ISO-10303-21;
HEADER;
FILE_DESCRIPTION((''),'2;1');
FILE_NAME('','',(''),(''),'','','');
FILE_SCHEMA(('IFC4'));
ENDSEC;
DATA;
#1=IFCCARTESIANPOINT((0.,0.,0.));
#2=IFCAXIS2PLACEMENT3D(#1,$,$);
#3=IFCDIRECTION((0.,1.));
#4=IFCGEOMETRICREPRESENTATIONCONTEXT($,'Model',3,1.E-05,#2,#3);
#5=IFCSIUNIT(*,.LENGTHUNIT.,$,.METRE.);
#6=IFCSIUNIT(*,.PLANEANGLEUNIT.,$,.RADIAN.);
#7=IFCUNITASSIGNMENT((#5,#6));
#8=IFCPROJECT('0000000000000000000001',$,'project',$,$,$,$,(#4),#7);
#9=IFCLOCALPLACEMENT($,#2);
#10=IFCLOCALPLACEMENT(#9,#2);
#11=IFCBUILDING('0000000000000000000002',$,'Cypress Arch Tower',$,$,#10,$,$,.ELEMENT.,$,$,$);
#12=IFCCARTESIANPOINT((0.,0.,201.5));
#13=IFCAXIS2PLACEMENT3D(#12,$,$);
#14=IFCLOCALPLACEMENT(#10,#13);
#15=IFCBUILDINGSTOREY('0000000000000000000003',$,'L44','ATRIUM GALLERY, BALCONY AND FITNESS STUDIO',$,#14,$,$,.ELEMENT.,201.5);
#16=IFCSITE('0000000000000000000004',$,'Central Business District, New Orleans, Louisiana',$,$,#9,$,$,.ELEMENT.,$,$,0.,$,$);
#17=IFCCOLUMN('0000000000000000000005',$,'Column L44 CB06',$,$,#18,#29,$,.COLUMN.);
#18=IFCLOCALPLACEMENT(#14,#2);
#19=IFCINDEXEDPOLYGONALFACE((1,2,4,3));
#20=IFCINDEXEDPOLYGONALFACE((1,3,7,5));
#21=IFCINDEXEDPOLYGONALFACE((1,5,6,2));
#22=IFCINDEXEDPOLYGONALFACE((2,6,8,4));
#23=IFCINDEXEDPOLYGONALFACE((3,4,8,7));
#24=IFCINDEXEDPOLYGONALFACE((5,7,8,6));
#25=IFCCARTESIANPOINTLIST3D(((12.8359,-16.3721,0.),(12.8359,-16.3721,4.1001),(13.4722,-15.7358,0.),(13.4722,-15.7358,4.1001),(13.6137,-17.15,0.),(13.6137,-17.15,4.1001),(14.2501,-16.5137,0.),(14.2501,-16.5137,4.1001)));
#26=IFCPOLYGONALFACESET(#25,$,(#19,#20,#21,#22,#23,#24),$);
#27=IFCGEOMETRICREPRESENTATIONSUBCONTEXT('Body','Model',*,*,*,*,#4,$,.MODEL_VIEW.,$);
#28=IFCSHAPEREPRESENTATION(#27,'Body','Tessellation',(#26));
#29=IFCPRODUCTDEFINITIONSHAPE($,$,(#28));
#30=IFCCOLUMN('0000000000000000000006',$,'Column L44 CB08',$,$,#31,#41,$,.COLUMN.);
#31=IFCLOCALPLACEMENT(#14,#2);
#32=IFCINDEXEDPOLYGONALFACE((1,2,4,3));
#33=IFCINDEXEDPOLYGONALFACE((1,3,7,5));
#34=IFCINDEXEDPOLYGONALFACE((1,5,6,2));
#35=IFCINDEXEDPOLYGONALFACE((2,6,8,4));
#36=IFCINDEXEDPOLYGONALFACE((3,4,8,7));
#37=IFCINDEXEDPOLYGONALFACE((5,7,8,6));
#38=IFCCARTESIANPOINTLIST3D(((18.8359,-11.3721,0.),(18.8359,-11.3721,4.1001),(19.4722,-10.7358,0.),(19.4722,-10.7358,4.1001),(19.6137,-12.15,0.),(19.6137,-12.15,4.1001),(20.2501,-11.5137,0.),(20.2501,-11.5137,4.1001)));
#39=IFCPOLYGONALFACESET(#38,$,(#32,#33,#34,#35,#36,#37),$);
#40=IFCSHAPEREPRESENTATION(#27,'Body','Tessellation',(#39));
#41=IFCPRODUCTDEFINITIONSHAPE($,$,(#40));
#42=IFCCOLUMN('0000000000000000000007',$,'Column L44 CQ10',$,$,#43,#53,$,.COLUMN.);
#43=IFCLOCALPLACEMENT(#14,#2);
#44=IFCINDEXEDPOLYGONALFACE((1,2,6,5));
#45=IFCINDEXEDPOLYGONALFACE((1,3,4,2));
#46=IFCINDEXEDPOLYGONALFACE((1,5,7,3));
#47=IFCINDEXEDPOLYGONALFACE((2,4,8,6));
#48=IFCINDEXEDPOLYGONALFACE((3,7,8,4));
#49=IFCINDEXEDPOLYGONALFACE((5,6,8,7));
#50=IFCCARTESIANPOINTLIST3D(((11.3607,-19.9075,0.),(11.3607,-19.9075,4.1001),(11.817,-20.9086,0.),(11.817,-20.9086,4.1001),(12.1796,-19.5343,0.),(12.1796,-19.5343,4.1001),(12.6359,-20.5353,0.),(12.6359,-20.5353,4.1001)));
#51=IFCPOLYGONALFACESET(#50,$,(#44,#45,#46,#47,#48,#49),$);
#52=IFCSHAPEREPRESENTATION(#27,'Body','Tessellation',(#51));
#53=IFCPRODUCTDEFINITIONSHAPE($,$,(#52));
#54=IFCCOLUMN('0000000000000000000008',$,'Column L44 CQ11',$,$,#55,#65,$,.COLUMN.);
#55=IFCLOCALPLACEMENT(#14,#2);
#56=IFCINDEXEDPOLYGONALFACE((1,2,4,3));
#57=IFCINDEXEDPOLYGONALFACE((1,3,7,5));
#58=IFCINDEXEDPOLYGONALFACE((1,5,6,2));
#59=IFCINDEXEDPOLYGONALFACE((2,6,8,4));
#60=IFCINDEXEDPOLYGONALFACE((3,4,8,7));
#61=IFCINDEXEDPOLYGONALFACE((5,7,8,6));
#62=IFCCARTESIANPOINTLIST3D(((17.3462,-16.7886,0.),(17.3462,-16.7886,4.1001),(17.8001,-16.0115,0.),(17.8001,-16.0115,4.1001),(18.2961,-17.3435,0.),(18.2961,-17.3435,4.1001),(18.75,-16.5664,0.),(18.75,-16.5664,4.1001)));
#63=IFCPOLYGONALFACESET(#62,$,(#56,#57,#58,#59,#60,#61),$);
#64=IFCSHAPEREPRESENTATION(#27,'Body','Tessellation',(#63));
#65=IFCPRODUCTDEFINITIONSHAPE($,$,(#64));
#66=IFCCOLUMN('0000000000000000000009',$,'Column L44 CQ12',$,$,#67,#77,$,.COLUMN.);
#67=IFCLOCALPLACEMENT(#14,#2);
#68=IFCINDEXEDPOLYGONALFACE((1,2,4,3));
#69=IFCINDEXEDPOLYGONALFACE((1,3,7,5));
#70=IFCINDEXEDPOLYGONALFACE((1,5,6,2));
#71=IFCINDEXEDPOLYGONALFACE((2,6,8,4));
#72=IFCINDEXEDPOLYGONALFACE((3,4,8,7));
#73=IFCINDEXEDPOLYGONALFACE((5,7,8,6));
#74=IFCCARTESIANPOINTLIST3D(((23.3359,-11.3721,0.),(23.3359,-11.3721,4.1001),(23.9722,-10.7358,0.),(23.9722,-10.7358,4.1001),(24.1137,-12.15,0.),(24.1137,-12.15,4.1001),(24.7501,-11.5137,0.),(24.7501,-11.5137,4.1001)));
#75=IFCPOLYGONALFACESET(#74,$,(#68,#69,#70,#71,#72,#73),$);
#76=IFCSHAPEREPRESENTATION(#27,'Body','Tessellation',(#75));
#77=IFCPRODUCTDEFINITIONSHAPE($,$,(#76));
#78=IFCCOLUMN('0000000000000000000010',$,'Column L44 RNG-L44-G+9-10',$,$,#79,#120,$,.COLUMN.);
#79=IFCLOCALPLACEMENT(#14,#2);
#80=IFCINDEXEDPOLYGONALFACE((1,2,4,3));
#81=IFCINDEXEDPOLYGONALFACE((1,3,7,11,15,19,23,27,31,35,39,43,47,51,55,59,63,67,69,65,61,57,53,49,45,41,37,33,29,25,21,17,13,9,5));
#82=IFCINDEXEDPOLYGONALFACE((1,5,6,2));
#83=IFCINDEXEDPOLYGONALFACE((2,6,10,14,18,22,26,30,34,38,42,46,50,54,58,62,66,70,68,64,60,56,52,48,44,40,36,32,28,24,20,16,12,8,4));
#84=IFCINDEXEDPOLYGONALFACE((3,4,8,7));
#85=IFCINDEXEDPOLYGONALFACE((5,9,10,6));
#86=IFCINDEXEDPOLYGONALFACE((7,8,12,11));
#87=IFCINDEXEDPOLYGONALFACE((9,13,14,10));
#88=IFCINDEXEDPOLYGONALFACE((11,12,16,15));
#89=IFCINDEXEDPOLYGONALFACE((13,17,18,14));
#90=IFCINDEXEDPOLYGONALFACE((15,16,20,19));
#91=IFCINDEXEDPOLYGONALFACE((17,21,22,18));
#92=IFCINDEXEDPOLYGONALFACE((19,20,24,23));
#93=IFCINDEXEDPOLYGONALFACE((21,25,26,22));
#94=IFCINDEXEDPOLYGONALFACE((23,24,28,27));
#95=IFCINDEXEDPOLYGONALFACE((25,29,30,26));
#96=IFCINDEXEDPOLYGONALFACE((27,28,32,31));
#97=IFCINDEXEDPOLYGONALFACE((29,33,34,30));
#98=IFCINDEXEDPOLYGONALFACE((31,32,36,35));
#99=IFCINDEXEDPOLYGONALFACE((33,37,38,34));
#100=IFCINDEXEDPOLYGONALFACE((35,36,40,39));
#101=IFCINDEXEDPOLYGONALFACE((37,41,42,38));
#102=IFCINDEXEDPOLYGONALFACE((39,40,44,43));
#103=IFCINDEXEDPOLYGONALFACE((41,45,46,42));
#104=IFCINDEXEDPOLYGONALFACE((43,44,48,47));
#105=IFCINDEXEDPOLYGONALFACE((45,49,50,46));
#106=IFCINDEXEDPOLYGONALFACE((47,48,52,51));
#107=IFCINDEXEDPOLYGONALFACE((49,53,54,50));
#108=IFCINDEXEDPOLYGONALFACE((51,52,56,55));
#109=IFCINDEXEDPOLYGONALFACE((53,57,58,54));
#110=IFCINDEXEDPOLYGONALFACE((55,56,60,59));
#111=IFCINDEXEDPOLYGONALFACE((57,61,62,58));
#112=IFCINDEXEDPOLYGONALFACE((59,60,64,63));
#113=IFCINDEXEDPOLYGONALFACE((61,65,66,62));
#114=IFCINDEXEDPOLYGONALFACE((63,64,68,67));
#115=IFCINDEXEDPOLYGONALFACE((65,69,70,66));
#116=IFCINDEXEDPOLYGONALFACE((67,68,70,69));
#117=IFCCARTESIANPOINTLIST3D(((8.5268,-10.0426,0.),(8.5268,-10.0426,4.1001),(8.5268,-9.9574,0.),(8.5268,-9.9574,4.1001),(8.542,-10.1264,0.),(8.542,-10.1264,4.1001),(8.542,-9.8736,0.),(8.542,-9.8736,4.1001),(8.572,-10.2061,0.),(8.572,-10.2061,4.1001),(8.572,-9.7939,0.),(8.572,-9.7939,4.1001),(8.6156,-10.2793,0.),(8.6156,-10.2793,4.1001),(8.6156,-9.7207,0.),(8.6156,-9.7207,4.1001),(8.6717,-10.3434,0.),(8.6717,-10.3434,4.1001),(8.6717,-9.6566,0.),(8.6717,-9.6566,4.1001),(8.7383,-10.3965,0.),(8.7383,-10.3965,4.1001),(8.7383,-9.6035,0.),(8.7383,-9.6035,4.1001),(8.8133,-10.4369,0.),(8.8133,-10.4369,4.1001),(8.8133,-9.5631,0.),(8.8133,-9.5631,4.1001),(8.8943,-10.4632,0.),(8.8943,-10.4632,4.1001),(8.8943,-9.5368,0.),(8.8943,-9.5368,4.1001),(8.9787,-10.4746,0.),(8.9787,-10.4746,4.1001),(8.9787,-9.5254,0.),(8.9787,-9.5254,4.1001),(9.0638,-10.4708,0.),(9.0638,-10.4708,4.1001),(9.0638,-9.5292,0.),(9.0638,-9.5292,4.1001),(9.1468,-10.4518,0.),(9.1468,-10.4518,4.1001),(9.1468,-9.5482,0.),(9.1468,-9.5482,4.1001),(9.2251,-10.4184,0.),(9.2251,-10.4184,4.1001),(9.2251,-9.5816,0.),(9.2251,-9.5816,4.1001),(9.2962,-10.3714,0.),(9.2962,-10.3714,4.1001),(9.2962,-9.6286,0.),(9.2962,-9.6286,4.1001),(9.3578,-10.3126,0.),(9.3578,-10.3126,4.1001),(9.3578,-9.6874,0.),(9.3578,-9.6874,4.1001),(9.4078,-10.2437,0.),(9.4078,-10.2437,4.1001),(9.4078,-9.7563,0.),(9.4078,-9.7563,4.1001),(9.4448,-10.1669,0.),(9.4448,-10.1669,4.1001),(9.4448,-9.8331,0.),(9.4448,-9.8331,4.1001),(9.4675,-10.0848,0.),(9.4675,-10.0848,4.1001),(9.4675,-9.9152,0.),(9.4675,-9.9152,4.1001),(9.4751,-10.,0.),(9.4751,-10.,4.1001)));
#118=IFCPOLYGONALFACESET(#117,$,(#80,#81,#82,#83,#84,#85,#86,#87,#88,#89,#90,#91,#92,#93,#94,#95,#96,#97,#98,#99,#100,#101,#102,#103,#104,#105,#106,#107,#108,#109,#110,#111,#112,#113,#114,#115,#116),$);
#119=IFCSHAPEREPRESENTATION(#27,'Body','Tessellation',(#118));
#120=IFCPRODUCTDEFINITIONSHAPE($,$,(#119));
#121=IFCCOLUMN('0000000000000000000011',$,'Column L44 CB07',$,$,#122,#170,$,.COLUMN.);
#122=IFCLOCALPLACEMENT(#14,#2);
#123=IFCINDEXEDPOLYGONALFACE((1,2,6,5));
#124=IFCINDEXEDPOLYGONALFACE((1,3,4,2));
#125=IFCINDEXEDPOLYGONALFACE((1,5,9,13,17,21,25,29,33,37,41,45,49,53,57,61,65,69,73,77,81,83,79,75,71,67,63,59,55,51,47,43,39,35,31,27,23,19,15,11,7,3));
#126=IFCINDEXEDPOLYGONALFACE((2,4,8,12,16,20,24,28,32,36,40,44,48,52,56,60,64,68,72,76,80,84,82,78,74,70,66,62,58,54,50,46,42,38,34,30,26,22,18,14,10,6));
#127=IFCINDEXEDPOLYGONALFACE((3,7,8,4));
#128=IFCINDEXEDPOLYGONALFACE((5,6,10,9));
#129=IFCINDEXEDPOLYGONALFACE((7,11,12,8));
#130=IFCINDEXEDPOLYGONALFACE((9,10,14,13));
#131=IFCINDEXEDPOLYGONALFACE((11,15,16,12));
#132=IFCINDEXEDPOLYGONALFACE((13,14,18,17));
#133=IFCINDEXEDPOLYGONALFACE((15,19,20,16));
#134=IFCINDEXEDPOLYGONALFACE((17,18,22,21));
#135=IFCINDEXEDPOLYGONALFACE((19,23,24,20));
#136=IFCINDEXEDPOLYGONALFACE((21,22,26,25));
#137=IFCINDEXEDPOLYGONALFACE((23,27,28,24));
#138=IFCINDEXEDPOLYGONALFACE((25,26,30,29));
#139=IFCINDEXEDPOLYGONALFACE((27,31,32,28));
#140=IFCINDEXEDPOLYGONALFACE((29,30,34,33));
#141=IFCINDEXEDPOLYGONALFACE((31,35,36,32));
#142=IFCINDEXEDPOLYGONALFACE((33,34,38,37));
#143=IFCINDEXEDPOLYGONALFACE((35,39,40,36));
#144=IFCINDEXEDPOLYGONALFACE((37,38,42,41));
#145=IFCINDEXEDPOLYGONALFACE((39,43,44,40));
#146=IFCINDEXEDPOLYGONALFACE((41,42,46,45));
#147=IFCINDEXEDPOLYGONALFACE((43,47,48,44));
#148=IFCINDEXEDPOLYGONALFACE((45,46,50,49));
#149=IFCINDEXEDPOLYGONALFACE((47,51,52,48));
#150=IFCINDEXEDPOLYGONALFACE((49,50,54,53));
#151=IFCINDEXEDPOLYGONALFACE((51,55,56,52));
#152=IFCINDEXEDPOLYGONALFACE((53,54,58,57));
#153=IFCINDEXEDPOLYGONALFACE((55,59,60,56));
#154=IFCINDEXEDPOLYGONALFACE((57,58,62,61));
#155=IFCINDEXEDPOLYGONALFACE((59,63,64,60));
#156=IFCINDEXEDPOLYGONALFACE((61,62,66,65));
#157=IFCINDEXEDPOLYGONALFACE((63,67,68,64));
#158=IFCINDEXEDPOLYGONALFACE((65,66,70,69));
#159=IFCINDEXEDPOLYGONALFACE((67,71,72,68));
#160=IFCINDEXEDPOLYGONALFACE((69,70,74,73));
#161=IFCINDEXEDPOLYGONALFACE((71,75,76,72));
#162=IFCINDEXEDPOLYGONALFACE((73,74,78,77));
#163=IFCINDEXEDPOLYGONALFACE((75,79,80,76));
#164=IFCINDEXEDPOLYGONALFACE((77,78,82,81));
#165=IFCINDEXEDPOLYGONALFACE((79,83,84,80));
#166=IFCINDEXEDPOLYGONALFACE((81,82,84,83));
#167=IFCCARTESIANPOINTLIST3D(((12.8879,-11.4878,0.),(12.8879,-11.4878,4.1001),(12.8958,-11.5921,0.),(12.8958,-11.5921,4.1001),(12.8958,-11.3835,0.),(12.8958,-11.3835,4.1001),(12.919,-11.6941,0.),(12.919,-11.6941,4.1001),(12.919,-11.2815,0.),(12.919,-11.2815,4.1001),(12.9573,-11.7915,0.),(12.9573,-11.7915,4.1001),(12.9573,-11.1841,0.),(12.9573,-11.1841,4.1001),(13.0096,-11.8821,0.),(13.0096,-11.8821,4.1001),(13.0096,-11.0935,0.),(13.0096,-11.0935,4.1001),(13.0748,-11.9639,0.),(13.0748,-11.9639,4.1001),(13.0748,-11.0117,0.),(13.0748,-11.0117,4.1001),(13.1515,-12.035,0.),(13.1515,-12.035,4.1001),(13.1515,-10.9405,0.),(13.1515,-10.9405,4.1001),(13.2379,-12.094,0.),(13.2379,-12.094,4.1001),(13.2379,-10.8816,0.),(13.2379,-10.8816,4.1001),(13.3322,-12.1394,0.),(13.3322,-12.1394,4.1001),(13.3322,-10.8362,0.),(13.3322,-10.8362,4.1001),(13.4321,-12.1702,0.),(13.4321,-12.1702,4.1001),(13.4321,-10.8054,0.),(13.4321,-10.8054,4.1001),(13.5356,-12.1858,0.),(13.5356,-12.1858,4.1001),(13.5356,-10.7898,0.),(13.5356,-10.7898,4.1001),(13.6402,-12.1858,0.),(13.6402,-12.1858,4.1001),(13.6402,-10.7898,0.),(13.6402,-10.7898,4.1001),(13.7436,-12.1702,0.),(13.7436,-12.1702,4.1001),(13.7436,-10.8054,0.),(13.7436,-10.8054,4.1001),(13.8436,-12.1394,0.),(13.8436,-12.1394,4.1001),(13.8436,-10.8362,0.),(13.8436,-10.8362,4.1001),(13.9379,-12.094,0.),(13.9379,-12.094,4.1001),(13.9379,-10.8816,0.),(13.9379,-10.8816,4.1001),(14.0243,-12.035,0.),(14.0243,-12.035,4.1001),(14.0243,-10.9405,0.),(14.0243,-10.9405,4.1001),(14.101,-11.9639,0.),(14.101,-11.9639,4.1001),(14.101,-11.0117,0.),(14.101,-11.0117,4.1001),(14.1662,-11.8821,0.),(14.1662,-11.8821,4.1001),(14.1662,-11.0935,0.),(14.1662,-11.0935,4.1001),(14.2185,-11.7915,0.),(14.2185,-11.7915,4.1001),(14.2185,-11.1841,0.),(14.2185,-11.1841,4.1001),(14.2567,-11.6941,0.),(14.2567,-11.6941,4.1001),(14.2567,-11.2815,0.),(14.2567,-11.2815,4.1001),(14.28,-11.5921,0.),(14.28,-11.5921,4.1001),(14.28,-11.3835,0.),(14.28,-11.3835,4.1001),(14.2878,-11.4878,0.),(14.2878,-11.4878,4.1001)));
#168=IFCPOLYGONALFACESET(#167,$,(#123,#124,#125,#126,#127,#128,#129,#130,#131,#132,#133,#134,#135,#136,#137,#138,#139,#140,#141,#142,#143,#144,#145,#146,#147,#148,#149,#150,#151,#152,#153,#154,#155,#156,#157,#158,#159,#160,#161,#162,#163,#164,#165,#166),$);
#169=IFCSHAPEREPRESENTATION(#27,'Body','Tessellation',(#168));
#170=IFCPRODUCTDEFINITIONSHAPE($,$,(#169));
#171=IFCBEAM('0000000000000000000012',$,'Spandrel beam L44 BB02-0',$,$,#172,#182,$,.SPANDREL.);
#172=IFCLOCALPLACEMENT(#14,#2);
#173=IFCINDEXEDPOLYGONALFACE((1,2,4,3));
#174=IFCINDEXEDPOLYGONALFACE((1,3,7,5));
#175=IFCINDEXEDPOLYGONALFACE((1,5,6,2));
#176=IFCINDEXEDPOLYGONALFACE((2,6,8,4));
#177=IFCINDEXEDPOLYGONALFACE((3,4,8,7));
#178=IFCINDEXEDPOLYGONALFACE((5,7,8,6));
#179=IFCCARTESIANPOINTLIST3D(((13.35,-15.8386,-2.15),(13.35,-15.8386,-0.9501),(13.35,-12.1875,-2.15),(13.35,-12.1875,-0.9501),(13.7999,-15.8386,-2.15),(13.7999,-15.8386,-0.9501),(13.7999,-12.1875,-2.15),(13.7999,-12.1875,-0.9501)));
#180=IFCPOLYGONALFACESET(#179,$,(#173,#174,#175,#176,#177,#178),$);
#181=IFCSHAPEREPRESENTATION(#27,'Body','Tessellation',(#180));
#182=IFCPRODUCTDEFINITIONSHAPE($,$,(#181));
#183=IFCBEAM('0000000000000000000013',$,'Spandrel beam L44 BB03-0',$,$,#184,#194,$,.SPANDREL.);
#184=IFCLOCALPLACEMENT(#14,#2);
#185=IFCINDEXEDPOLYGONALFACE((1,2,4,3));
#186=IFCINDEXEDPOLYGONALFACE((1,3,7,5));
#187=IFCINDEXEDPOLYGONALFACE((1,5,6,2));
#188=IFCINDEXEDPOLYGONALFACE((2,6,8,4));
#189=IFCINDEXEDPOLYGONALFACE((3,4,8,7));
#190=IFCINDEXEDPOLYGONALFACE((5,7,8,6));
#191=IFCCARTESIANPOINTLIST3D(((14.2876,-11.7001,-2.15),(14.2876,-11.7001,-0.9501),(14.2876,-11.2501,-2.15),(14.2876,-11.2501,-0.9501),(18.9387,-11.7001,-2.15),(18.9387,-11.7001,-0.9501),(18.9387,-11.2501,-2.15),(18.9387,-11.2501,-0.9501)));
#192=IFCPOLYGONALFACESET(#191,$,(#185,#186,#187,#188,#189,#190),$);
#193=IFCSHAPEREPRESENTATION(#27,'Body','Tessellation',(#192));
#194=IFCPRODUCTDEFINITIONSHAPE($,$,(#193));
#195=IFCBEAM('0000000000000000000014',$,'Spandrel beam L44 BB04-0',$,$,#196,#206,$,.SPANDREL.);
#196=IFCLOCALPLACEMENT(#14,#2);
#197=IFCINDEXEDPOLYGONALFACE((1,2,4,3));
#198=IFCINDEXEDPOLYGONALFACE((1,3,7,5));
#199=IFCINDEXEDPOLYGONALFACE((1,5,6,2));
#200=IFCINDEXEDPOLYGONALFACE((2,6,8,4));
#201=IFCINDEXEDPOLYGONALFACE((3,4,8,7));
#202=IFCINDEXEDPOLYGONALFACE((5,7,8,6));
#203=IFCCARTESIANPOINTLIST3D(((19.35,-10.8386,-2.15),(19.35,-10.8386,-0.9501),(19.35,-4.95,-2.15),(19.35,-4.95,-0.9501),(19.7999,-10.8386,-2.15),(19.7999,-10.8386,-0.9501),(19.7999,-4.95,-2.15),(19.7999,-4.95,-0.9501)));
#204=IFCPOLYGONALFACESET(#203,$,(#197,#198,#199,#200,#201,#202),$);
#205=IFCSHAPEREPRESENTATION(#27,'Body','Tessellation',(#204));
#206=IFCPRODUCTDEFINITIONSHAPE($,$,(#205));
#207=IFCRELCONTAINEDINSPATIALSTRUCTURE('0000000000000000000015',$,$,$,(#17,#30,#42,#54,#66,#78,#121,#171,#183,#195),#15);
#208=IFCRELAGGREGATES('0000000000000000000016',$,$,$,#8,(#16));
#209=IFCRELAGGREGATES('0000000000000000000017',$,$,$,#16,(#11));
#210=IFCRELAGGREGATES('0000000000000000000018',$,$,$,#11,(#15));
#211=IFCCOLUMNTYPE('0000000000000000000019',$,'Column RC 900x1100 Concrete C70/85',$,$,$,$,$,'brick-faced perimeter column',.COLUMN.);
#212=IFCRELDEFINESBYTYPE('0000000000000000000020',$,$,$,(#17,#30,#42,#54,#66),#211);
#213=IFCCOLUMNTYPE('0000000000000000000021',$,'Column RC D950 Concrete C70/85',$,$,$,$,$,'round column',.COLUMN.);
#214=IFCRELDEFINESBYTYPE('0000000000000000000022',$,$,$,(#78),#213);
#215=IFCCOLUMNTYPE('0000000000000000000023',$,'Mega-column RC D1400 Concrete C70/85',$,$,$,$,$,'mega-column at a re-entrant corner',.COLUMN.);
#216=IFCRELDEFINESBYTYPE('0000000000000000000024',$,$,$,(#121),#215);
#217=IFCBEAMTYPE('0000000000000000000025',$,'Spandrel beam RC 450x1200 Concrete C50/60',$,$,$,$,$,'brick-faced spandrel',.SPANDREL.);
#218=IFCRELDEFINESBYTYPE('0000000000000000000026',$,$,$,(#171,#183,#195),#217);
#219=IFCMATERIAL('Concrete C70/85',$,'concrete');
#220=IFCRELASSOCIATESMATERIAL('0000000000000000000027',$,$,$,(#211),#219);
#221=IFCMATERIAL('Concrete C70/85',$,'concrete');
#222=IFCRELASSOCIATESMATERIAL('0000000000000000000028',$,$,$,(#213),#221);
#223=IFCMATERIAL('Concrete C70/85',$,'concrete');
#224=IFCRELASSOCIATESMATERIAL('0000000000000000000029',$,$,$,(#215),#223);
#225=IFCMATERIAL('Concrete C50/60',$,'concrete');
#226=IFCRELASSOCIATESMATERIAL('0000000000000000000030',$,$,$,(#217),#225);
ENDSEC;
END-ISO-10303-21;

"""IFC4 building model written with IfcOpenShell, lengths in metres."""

from ifc_helpers import new_model, si_unit, direction, frame, origin, origin_2d, place, context, subcontext, project, spatial, rectangle, circle, extrude, material, material_profile, profile_set, type_object, element, save


model = new_model("IFC4")

# Units and contexts
model_context = context("Model", 3, precision=1e-05, world=origin(), true_north=direction((0.0, 1.0)))
body_context = subcontext(model_context, "Body", "Model", "MODEL_VIEW")
ifc_project = project(units=[si_unit("LENGTHUNIT", "METRE"), si_unit("PLANEANGLEUNIT", "RADIAN")], contexts=[model_context])

# Site, building, storey
site_placement = place(None, origin())
site = spatial("IfcSite", under=ifc_project, at=site_placement, Name="Central Business District, New Orleans, Louisiana", CompositionType="ELEMENT", RefElevation=0.0)
building_placement = place(site_placement, origin())
building = spatial("IfcBuilding", under=site, at=building_placement, Name="Cypress Arch Tower", CompositionType="ELEMENT")
storey_placement = place(building_placement, frame((0.0, 0.0, 201.5)))
storey = spatial("IfcBuildingStorey", under=building, at=storey_placement, Name="L44", Description="ATRIUM GALLERY, BALCONY AND FITNESS STUDIO", CompositionType="ELEMENT", Elevation=201.5)

# Columns
ifc_material_1 = material(Name="Concrete C70/85", Category="concrete")
ifc_material_profile_1 = material_profile(ifc_material_1, rectangle(XDim=0.8999, YDim=1.1001, at=origin_2d()), Name="RC 900x1100")
ifc_profile_set_1 = profile_set([ifc_material_profile_1], Name="Concrete C70/85")
column_type_1 = type_object("IfcColumnType", Name="Column RC 900x1100 Concrete C70/85", ElementType="brick-faced perimeter column", PredefinedType="COLUMN", material=ifc_profile_set_1)
for number, where, z_axis, x_axis, name in (
    (1, (13.543, -16.4429, 0.0), (0.0, 0.0, 1.0), (0.707107, 0.707107, 0.0), "Column L44 CB06"),
    (2, (19.543, -11.4429, 0.0), (0.0, 0.0, 1.0), (0.707107, 0.707107, 0.0), "Column L44 CB08"),
    (3, (11.9983, -20.2214, 0.0), (0.0, 0.0, 1.0), (0.909932, 0.414757, 0.0), "Column L44 CQ10"),
    (4, (18.0481, -16.6775, 0.0), (0.0, 0.0, 1.0), (0.504399, 0.863471, 0.0), "Column L44 CQ11"),
    (5, (24.043, -11.4429, 0.0), (0.0, 0.0, 1.0), (0.707107, 0.707107, 0.0), "Column L44 CQ12"),
):
    element("IfcColumn", number, at=place(storey_placement, frame(where, z_axis=z_axis, x_axis=x_axis)), inside=storey, type_object=column_type_1, Name=name, PredefinedType="COLUMN", context=body_context, shape_type="SweptSolid", body=[
        extrude(rectangle(XDim=0.8999, YDim=1.1001, at=origin_2d()), origin(), (0.0, 0.0, 1.0), 4.1001),
    ])
ifc_material_2 = material(Name="Concrete C70/85", Category="concrete")
ifc_material_profile_2 = material_profile(ifc_material_2, circle(Radius=0.4751, at=origin_2d()), Name="RC D950")
ifc_profile_set_2 = profile_set([ifc_material_profile_2], Name="Concrete C70/85")
column_type_2 = type_object("IfcColumnType", Name="Column RC D950 Concrete C70/85", ElementType="round column", PredefinedType="COLUMN", material=ifc_profile_set_2)
column_1_placement = place(storey_placement, frame((9.0, -10.0, 0.0), z_axis=(0.0, 0.0, 1.0), x_axis=(1.0, 0.0, 0.0)))
element("IfcColumn", 6, at=column_1_placement, inside=storey, type_object=column_type_2, Name="Column L44 RNG-L44-G+9-10", PredefinedType="COLUMN", context=body_context, shape_type="SweptSolid", body=[
    extrude(circle(Radius=0.4751, at=origin_2d()), origin(), (0.0, 0.0, 1.0), 4.1001),
])
ifc_material_3 = material(Name="Concrete C70/85", Category="concrete")
ifc_material_profile_3 = material_profile(ifc_material_3, circle(Radius=0.7, at=origin_2d()), Name="RC D1400")
ifc_profile_set_3 = profile_set([ifc_material_profile_3], Name="Concrete C70/85")
column_type_3 = type_object("IfcColumnType", Name="Mega-column RC D1400 Concrete C70/85", ElementType="mega-column at a re-entrant corner", PredefinedType="COLUMN", material=ifc_profile_set_3)
column_2_placement = place(storey_placement, frame((13.5879, -11.4878, 0.0), z_axis=(0.0, 0.0, 1.0), x_axis=(1.0, 0.0, 0.0)))
element("IfcColumn", 7, at=column_2_placement, inside=storey, type_object=column_type_3, Name="Column L44 CB07", PredefinedType="COLUMN", context=body_context, shape_type="SweptSolid", body=[
    extrude(circle(Radius=0.7, at=origin_2d()), origin(), (0.0, 0.0, 1.0), 4.1001),
])

# Beams
ifc_material_4 = material(Name="Concrete C50/60", Category="concrete")
ifc_material_profile_4 = material_profile(ifc_material_4, rectangle(XDim=0.45, YDim=1.2, at=origin_2d()), Name="RC 450x1200")
ifc_profile_set_4 = profile_set([ifc_material_profile_4], Name="Concrete C50/60")
beam_type = type_object("IfcBeamType", Name="Spandrel beam RC 450x1200 Concrete C50/60", ElementType="brick-faced spandrel", PredefinedType="SPANDREL", material=ifc_profile_set_4)
beam_1_placement = place(storey_placement, frame((13.575, -15.8386, -1.55), z_axis=(0.0, 1.0, 0.0), x_axis=(-1.0, 0.0, 0.0)))
element("IfcBeam", 8, at=beam_1_placement, inside=storey, type_object=beam_type, Name="Spandrel beam L44 BB02-0", PredefinedType="SPANDREL", context=body_context, shape_type="SweptSolid", body=[
    extrude(rectangle(XDim=0.45, YDim=1.2, at=origin_2d()), origin(), (0.0, 0.0, 1.0), 3.6511),
])
beam_2_placement = place(storey_placement, frame((14.2876, -11.4751, -1.55), z_axis=(1.0, 0.0, 0.0), x_axis=(0.0, 1.0, 0.0)))
element("IfcBeam", 9, at=beam_2_placement, inside=storey, type_object=beam_type, Name="Spandrel beam L44 BB03-0", PredefinedType="SPANDREL", context=body_context, shape_type="SweptSolid", body=[
    extrude(rectangle(XDim=0.45, YDim=1.2, at=origin_2d()), origin(), (0.0, 0.0, 1.0), 4.6511),
])
beam_3_placement = place(storey_placement, frame((19.575, -10.8386, -1.55), z_axis=(0.0, 1.0, 0.0), x_axis=(-1.0, 0.0, 0.0)))
element("IfcBeam", 10, at=beam_3_placement, inside=storey, type_object=beam_type, Name="Spandrel beam L44 BB04-0", PredefinedType="SPANDREL", context=body_context, shape_type="SweptSolid", body=[
    extrude(rectangle(XDim=0.45, YDim=1.2, at=origin_2d()), origin(), (0.0, 0.0, 1.0), 5.8887),
])

save(model, "model.ifc")
